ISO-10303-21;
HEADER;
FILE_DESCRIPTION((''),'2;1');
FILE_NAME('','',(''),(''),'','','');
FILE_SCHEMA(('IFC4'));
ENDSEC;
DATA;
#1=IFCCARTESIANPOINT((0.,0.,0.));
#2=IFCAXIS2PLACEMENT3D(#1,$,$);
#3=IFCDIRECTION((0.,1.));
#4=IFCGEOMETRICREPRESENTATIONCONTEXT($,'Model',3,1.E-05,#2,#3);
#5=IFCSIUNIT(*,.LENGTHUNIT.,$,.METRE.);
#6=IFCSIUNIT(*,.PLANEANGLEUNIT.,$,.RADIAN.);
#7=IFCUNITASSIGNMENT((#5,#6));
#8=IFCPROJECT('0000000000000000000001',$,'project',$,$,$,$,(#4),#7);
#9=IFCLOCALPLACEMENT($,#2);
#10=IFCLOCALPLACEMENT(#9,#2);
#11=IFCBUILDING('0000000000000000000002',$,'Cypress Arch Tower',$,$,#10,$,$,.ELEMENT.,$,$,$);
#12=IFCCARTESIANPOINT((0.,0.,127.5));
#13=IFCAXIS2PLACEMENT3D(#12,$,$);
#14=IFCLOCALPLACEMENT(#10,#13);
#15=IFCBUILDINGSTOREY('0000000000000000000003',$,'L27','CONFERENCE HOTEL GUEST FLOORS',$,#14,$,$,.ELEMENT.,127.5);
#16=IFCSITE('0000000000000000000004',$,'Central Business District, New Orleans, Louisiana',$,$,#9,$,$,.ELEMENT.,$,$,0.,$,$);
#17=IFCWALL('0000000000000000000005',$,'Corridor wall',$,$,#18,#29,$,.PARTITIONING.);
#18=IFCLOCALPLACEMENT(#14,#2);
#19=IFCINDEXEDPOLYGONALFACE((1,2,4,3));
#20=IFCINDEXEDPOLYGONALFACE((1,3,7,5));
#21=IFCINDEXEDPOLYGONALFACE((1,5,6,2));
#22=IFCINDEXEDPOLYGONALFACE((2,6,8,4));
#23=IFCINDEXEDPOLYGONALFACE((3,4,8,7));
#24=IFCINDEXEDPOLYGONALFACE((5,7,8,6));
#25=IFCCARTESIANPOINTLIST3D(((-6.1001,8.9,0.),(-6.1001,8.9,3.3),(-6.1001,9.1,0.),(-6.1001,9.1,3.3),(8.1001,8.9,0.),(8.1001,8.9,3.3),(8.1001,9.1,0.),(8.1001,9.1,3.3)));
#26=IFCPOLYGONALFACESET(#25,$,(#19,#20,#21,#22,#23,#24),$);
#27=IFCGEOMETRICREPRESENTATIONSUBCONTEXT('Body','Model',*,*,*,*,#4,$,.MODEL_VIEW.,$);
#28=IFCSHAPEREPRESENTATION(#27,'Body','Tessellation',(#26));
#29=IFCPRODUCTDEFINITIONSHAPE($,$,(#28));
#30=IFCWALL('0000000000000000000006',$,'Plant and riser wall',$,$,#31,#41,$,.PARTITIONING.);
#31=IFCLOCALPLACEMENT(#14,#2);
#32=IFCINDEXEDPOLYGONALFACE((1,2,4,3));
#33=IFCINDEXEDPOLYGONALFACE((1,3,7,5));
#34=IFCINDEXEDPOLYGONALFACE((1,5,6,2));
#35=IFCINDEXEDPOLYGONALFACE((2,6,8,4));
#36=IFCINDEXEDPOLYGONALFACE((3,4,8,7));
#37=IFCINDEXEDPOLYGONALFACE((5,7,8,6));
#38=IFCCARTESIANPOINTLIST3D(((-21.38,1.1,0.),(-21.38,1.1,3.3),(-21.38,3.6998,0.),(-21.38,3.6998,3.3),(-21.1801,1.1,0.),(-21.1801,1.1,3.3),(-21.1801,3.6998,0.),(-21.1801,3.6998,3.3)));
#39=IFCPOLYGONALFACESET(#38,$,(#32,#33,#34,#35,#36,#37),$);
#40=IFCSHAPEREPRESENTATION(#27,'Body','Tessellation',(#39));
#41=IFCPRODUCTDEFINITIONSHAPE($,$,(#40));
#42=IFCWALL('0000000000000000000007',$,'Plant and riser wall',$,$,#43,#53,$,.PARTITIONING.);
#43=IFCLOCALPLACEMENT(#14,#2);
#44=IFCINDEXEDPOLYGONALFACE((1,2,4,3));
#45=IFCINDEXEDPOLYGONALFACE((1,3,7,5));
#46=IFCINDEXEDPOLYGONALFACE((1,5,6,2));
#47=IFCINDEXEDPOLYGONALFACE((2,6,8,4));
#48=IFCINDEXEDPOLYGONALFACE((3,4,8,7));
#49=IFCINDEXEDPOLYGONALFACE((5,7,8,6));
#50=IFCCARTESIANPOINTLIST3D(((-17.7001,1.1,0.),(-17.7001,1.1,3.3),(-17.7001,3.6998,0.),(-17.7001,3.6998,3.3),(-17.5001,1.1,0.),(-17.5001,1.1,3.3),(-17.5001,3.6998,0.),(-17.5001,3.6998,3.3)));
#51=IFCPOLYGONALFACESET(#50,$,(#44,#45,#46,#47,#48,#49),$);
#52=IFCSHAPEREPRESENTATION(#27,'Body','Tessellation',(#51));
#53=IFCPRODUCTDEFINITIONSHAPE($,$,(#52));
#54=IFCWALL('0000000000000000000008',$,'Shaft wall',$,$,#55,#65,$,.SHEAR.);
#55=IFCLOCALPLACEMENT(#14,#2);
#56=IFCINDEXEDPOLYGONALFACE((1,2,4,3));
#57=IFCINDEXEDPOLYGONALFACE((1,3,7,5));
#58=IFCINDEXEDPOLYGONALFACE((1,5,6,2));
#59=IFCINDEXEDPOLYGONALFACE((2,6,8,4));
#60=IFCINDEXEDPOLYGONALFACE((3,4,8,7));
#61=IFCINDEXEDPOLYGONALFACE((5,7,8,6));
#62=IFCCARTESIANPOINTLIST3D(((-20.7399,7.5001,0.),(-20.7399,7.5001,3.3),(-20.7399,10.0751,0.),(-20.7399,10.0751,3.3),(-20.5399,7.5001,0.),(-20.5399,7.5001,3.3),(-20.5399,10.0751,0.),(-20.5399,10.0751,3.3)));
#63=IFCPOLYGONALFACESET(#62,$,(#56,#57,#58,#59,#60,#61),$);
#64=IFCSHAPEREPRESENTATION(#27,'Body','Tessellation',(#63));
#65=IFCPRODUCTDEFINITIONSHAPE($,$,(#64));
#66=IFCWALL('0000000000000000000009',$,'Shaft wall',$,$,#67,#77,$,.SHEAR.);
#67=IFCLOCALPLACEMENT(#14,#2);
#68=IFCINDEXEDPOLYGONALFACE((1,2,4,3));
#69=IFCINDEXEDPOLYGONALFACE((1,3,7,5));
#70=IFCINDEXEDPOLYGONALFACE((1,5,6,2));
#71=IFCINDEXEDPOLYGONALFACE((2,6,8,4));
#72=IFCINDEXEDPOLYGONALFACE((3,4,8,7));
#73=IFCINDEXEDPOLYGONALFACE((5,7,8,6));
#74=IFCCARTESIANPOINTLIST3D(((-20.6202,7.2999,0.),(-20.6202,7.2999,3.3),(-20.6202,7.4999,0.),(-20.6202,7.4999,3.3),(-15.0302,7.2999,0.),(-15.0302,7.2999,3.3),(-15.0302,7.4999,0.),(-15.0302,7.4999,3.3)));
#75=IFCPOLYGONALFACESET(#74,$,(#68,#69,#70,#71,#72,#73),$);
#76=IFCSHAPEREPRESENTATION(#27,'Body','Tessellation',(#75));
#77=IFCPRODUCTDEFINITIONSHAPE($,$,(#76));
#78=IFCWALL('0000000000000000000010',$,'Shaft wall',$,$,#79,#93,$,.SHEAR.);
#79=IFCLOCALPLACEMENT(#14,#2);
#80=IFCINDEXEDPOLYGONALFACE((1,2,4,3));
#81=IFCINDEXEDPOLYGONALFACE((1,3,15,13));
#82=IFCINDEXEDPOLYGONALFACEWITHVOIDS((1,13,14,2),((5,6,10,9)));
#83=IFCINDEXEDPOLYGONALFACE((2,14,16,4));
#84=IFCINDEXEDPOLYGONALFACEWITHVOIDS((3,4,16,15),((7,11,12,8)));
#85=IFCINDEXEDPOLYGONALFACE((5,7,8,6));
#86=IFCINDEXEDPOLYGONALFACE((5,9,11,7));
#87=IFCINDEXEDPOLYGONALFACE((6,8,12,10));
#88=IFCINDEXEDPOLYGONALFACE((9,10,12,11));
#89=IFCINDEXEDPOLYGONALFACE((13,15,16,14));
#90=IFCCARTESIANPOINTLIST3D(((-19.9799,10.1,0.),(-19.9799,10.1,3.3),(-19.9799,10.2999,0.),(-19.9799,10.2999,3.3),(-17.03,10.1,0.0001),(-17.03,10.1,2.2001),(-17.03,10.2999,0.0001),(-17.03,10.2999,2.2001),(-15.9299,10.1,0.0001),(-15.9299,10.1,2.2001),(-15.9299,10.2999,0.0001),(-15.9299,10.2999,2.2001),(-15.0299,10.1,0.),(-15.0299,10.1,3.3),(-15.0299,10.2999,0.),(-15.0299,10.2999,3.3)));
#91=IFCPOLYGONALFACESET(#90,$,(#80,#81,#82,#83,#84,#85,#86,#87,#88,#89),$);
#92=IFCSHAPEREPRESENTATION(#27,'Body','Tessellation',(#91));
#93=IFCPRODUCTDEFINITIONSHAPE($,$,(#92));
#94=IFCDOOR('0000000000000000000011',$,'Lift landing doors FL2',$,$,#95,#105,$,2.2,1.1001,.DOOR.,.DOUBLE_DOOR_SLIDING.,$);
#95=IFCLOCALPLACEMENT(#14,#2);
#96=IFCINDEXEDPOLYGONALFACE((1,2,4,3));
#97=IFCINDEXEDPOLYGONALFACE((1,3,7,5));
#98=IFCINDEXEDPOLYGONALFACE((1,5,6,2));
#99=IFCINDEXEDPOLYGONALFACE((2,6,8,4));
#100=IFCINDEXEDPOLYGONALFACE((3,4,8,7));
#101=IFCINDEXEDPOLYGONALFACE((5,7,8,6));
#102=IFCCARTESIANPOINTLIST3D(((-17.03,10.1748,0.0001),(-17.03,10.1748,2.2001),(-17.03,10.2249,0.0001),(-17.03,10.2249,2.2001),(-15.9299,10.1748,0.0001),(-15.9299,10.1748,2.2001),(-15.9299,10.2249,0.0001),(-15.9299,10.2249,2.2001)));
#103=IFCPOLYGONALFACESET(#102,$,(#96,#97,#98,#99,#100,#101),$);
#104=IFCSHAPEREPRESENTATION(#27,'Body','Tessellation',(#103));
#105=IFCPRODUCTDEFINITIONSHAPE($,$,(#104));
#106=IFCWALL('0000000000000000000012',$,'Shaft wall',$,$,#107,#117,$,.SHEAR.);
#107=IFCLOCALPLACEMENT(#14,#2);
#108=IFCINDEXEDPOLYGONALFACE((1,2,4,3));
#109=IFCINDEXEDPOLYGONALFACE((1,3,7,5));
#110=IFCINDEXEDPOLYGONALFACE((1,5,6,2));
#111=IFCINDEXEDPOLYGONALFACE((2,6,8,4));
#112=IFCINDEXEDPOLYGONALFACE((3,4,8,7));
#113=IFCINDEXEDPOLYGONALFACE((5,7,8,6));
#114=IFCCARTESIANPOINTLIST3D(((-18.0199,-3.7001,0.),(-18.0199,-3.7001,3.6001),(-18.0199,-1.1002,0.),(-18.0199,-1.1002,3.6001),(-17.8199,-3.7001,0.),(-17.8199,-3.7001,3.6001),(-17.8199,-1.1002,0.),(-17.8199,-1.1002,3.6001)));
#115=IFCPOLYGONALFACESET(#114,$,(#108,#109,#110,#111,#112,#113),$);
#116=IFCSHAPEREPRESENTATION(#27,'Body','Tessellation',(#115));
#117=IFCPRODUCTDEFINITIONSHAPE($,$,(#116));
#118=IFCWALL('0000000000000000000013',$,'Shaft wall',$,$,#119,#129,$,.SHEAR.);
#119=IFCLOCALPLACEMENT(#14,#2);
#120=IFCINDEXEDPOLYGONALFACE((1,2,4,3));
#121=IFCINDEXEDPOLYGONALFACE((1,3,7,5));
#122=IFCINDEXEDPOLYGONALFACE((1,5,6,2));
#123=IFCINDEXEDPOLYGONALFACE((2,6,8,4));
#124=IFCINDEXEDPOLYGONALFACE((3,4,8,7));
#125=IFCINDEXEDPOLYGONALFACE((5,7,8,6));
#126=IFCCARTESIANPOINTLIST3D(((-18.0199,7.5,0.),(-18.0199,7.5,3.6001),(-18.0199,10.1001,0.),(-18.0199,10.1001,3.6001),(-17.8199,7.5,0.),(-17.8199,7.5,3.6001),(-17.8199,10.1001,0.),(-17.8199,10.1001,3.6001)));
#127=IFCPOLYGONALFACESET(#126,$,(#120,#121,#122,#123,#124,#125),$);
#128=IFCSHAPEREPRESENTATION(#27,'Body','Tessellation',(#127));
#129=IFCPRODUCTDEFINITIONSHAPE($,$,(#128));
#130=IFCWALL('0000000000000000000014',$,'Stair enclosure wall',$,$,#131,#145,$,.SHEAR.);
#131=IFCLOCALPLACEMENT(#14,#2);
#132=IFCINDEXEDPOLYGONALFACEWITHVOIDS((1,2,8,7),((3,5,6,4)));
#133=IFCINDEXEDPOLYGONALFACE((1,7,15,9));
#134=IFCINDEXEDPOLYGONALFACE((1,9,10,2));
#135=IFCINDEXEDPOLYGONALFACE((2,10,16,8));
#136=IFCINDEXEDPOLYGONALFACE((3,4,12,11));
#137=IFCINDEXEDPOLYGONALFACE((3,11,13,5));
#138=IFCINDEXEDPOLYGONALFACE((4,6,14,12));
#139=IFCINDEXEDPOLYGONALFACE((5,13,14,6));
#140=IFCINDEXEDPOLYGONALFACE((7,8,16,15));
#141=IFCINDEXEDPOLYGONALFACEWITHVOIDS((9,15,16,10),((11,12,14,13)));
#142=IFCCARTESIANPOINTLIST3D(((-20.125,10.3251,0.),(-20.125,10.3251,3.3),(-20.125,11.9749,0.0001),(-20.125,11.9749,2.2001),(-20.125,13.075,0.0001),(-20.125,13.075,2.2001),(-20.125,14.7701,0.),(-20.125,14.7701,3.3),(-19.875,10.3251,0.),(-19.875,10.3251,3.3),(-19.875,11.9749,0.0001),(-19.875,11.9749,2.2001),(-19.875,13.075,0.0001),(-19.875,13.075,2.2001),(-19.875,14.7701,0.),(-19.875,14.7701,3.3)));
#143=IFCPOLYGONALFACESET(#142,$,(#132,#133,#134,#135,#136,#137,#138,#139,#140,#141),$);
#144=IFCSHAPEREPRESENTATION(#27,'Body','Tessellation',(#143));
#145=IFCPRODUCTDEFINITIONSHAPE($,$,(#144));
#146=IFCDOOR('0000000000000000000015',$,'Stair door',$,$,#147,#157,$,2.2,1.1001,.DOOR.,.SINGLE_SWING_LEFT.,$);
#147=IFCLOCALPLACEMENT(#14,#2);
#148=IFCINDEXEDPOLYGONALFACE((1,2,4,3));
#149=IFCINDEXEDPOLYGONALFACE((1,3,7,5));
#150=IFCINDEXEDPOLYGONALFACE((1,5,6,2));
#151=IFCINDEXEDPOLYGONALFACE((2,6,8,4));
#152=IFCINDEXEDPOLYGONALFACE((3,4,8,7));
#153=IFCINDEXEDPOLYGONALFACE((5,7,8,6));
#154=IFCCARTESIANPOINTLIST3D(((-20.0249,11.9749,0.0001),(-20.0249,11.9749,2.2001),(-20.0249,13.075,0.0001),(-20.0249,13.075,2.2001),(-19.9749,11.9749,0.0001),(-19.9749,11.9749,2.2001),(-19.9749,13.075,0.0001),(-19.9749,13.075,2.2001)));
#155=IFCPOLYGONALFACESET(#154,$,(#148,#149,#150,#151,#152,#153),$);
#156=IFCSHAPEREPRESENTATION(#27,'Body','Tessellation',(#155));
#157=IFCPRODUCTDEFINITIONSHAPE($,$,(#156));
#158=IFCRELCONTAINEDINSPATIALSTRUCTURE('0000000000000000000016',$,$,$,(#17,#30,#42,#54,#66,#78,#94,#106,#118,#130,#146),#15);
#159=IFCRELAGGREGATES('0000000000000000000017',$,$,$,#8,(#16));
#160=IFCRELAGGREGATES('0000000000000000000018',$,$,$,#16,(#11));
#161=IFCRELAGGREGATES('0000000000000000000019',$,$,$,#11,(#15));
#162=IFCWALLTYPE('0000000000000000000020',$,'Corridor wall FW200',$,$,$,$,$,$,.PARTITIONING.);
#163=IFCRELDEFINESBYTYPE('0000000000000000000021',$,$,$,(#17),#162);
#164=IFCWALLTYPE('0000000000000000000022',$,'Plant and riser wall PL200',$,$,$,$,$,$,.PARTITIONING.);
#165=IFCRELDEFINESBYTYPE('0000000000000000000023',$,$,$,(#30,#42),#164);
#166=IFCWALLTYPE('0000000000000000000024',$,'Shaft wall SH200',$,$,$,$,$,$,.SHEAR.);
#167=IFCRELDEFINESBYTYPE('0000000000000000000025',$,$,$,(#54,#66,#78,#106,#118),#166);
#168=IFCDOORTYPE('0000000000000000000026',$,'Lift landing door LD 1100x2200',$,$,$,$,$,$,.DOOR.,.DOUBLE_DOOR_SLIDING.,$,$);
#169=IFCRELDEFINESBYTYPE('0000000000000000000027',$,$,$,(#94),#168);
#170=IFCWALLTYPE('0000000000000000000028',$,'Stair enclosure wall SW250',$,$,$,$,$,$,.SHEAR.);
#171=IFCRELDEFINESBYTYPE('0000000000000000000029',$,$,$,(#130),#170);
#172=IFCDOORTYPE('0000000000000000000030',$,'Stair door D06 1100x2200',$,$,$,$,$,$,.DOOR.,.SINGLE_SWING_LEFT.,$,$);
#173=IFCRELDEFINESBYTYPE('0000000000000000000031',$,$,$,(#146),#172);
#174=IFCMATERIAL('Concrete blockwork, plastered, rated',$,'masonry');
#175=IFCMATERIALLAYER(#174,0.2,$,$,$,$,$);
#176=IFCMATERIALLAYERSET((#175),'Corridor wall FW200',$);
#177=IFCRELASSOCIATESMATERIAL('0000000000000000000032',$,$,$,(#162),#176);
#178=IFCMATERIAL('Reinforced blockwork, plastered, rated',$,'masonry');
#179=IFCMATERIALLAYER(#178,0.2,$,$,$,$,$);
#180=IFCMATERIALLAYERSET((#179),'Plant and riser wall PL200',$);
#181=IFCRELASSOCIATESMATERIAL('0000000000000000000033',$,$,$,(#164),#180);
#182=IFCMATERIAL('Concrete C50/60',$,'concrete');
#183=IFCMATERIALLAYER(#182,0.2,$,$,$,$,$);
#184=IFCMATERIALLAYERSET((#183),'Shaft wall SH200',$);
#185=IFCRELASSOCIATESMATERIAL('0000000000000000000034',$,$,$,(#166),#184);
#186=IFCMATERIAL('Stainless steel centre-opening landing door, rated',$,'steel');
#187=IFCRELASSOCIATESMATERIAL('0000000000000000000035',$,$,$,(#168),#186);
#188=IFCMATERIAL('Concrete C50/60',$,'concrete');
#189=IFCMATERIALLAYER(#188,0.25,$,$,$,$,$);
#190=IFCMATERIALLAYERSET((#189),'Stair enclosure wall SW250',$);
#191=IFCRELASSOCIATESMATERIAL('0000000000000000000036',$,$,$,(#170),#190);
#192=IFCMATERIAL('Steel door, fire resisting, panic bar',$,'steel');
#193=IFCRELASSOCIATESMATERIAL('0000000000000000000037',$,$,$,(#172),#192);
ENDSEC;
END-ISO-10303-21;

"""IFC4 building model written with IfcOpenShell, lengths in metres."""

from ifc_helpers import new_model, si_unit, direction, frame, frame_2d, origin, place, context, subcontext, project, spatial, rectangle, extrude, material, layer, layer_set, type_object, element, fill, save


model = new_model("IFC4")

# Units and contexts
model_context = context("Model", 3, precision=1e-05, world=origin(), true_north=direction((0.0, 1.0)))
body_context = subcontext(model_context, "Body", "Model", "MODEL_VIEW")
ifc_project = project(units=[si_unit("LENGTHUNIT", "METRE"), si_unit("PLANEANGLEUNIT", "RADIAN")], contexts=[model_context])

# Site, building, storey
site_placement = place(None, origin())
site = spatial("IfcSite", under=ifc_project, at=site_placement, Name="Central Business District, New Orleans, Louisiana", CompositionType="ELEMENT", RefElevation=0.0)
building_placement = place(site_placement, origin())
building = spatial("IfcBuilding", under=site, at=building_placement, Name="Cypress Arch Tower", CompositionType="ELEMENT")
storey_placement = place(building_placement, frame((0.0, 0.0, 127.5)))
storey = spatial("IfcBuildingStorey", under=building, at=storey_placement, Name="L27", Description="CONFERENCE HOTEL GUEST FLOORS", CompositionType="ELEMENT", Elevation=127.5)

# Shared definitions
ifc_material_1 = material(Name="Concrete blockwork, plastered, rated", Category="masonry")
ifc_layer_1 = layer(ifc_material_1, 0.2)
ifc_layer_set_1 = layer_set([ifc_layer_1], Name="Corridor wall FW200")
wall_type_1 = type_object("IfcWallType", Name="Corridor wall FW200", PredefinedType="PARTITIONING", material=ifc_layer_set_1)

# Walls
wall_1_placement = place(storey_placement, frame((-6.1001, 9.0, 0.0), z_axis=(0.0, 0.0, 1.0), x_axis=(1.0, 0.0, 0.0)))
element("IfcWall", 1, at=wall_1_placement, inside=storey, type_object=wall_type_1, Name="Corridor wall", PredefinedType="PARTITIONING", context=body_context, shape_type="SweptSolid", body=[
    extrude(rectangle(XDim=14.2002, YDim=0.2, at=frame_2d((7.1001, 0.0))), origin(), (0.0, 0.0, 1.0), 3.3),
])
ifc_material_2 = material(Name="Reinforced blockwork, plastered, rated", Category="masonry")
ifc_layer_2 = layer(ifc_material_2, 0.2)
ifc_layer_set_2 = layer_set([ifc_layer_2], Name="Plant and riser wall PL200")
wall_type_2 = type_object("IfcWallType", Name="Plant and riser wall PL200", PredefinedType="PARTITIONING", material=ifc_layer_set_2)
for number, where, z_axis, x_axis, name in (
    (2, (-21.28, 1.1001, 0.0), (0.0, 0.0, 1.0), (0.0, 1.0, 0.0), "Plant and riser wall"),
    (3, (-17.6001, 1.1001, 0.0), (0.0, 0.0, 1.0), (0.0, 1.0, 0.0), "Plant and riser wall"),
):
    element("IfcWall", number, at=place(storey_placement, frame(where, z_axis=z_axis, x_axis=x_axis)), inside=storey, type_object=wall_type_2, Name=name, PredefinedType="PARTITIONING", context=body_context, shape_type="SweptSolid", body=[
        extrude(rectangle(XDim=2.5999, YDim=0.2, at=frame_2d((1.2998, 0.0))), origin(), (0.0, 0.0, 1.0), 3.3),
    ])
ifc_material_3 = material(Name="Concrete C50/60", Category="concrete")
ifc_layer_3 = layer(ifc_material_3, 0.2)
ifc_layer_set_3 = layer_set([ifc_layer_3], Name="Shaft wall SH200")
wall_type_3 = type_object("IfcWallType", Name="Shaft wall SH200", PredefinedType="SHEAR", material=ifc_layer_set_3)
wall_2_placement = place(storey_placement, frame((-20.6399, 7.5, 0.0), z_axis=(0.0, 0.0, 1.0), x_axis=(0.0, 1.0, 0.0)))
element("IfcWall", 4, at=wall_2_placement, inside=storey, type_object=wall_type_3, Name="Shaft wall", PredefinedType="SHEAR", context=body_context, shape_type="SweptSolid", body=[
    extrude(rectangle(XDim=2.575, YDim=0.2, at=frame_2d((1.2876, 0.0))), origin(), (0.0, 0.0, 1.0), 3.3),
])
wall_3_placement = place(storey_placement, frame((-20.6201, 7.3999, 0.0), z_axis=(0.0, 0.0, 1.0), x_axis=(1.0, 0.0, 0.0)))
element("IfcWall", 5, at=wall_3_placement, inside=storey, type_object=wall_type_3, Name="Shaft wall", PredefinedType="SHEAR", context=body_context, shape_type="SweptSolid", body=[
    extrude(rectangle(XDim=5.5901, YDim=0.2, at=frame_2d((2.7949, 0.0))), origin(), (0.0, 0.0, 1.0), 3.3),
])

# Wall, opening, door
wall_4_placement = place(storey_placement, frame((-19.98, 10.2, 0.0), z_axis=(0.0, 0.0, 1.0), x_axis=(1.0, 0.0, 0.0)))
wall_4 = element("IfcWall", 6, at=wall_4_placement, inside=storey, type_object=wall_type_3, Name="Shaft wall", PredefinedType="SHEAR", context=body_context, shape_type="SweptSolid", body=[
    extrude(rectangle(XDim=4.95, YDim=0.2, at=frame_2d((2.4751, 0.0))), origin(), (0.0, 0.0, 1.0), 3.3),
])
opening_1_placement = place(wall_4_placement, frame((2.95, 0.0, 0.0)))
opening_1 = element("IfcOpeningElement", 7, at=opening_1_placement, cuts=wall_4, PredefinedType="OPENING", context=body_context, shape_type="SweptSolid", body=[
    extrude(rectangle(XDim=1.1001, YDim=2.2, at=frame_2d((0.55, 1.1001))), frame((0.0, 0.1099, 0.0), z_axis=(0.0, -1.0, 0.0), x_axis=(1.0, 0.0, 0.0)), (0.0, 0.0, 1.0), 0.22),
])
ifc_material_4 = material(Name="Stainless steel centre-opening landing door, rated", Category="steel")
door_type_1 = type_object("IfcDoorType", Name="Lift landing door LD 1100x2200", OperationType="DOUBLE_DOOR_SLIDING", PredefinedType="DOOR", material=ifc_material_4)
door_1_placement = place(opening_1_placement, origin())
door_1 = element("IfcDoor", 8, at=door_1_placement, inside=storey, type_object=door_type_1, Name="Lift landing doors FL2", OperationType="DOUBLE_DOOR_SLIDING", OverallHeight=2.2, OverallWidth=1.1001, PredefinedType="DOOR", context=body_context, shape_type="SweptSolid", body=[
    extrude(rectangle(XDim=1.1001, YDim=2.2, at=frame_2d((0.55, 1.1001))), frame((0.0, 0.0249, 0.0), z_axis=(0.0, -1.0, 0.0), x_axis=(1.0, 0.0, 0.0)), (0.0, 0.0, 1.0), 0.05),
])
fill(opening_1, door_1)

# Walls
wall_5_placement = place(storey_placement, frame((-17.9199, -3.7, 0.0), z_axis=(0.0, 0.0, 1.0), x_axis=(0.0, 1.0, 0.0)))
element("IfcWall", 9, at=wall_5_placement, inside=storey, type_object=wall_type_3, Name="Shaft wall", PredefinedType="SHEAR", context=body_context, shape_type="SweptSolid", body=[
    extrude(rectangle(XDim=2.5999, YDim=0.2, at=frame_2d((1.2998, 0.0))), origin(), (0.0, 0.0, 1.0), 3.6001),
])
wall_6_placement = place(storey_placement, frame((-17.9199, 7.5, 0.0), z_axis=(0.0, 0.0, 1.0), x_axis=(0.0, 1.0, 0.0)))
element("IfcWall", 10, at=wall_6_placement, inside=storey, type_object=wall_type_3, Name="Shaft wall", PredefinedType="SHEAR", context=body_context, shape_type="SweptSolid", body=[
    extrude(rectangle(XDim=2.6001, YDim=0.2, at=frame_2d((1.3, 0.0))), origin(), (0.0, 0.0, 1.0), 3.6001),
])

# Wall, opening, door
ifc_material_5 = material(Name="Concrete C50/60", Category="concrete")
ifc_layer_4 = layer(ifc_material_5, 0.25)
ifc_layer_set_4 = layer_set([ifc_layer_4], Name="Stair enclosure wall SW250")
wall_type_4 = type_object("IfcWallType", Name="Stair enclosure wall SW250", PredefinedType="SHEAR", material=ifc_layer_set_4)
wall_7_placement = place(storey_placement, frame((-20.0, 10.325, 0.0), z_axis=(0.0, 0.0, 1.0), x_axis=(0.0, 1.0, 0.0)))
wall_7 = element("IfcWall", 11, at=wall_7_placement, inside=storey, type_object=wall_type_4, Name="Stair enclosure wall", PredefinedType="SHEAR", context=body_context, shape_type="SweptSolid", body=[
    extrude(rectangle(XDim=4.4451, YDim=0.25, at=frame_2d((2.2227, 0.0))), origin(), (0.0, 0.0, 1.0), 3.3),
])
opening_2_placement = place(wall_7_placement, frame((1.6499, 0.0, 0.0)))
opening_2 = element("IfcOpeningElement", 12, at=opening_2_placement, cuts=wall_7, PredefinedType="OPENING", context=body_context, shape_type="SweptSolid", body=[
    extrude(rectangle(XDim=1.1001, YDim=2.2, at=frame_2d((0.55, 1.1001))), frame((0.0, 0.135, 0.0), z_axis=(0.0, -1.0, 0.0), x_axis=(1.0, 0.0, 0.0)), (0.0, 0.0, 1.0), 0.27),
])
ifc_material_6 = material(Name="Steel door, fire resisting, panic bar", Category="steel")
door_type_2 = type_object("IfcDoorType", Name="Stair door D06 1100x2200", OperationType="SINGLE_SWING_LEFT", PredefinedType="DOOR", material=ifc_material_6)
door_2_placement = place(opening_2_placement, origin())
door_2 = element("IfcDoor", 13, at=door_2_placement, inside=storey, type_object=door_type_2, Name="Stair door", OperationType="SINGLE_SWING_LEFT", OverallHeight=2.2, OverallWidth=1.1001, PredefinedType="DOOR", context=body_context, shape_type="SweptSolid", body=[
    extrude(rectangle(XDim=1.1001, YDim=2.2, at=frame_2d((0.55, 1.1001))), frame((0.0, 0.0249, 0.0), z_axis=(0.0, -1.0, 0.0), x_axis=(1.0, 0.0, 0.0)), (0.0, 0.0, 1.0), 0.05),
])
fill(opening_2, door_2)

save(model, "model.ifc")
